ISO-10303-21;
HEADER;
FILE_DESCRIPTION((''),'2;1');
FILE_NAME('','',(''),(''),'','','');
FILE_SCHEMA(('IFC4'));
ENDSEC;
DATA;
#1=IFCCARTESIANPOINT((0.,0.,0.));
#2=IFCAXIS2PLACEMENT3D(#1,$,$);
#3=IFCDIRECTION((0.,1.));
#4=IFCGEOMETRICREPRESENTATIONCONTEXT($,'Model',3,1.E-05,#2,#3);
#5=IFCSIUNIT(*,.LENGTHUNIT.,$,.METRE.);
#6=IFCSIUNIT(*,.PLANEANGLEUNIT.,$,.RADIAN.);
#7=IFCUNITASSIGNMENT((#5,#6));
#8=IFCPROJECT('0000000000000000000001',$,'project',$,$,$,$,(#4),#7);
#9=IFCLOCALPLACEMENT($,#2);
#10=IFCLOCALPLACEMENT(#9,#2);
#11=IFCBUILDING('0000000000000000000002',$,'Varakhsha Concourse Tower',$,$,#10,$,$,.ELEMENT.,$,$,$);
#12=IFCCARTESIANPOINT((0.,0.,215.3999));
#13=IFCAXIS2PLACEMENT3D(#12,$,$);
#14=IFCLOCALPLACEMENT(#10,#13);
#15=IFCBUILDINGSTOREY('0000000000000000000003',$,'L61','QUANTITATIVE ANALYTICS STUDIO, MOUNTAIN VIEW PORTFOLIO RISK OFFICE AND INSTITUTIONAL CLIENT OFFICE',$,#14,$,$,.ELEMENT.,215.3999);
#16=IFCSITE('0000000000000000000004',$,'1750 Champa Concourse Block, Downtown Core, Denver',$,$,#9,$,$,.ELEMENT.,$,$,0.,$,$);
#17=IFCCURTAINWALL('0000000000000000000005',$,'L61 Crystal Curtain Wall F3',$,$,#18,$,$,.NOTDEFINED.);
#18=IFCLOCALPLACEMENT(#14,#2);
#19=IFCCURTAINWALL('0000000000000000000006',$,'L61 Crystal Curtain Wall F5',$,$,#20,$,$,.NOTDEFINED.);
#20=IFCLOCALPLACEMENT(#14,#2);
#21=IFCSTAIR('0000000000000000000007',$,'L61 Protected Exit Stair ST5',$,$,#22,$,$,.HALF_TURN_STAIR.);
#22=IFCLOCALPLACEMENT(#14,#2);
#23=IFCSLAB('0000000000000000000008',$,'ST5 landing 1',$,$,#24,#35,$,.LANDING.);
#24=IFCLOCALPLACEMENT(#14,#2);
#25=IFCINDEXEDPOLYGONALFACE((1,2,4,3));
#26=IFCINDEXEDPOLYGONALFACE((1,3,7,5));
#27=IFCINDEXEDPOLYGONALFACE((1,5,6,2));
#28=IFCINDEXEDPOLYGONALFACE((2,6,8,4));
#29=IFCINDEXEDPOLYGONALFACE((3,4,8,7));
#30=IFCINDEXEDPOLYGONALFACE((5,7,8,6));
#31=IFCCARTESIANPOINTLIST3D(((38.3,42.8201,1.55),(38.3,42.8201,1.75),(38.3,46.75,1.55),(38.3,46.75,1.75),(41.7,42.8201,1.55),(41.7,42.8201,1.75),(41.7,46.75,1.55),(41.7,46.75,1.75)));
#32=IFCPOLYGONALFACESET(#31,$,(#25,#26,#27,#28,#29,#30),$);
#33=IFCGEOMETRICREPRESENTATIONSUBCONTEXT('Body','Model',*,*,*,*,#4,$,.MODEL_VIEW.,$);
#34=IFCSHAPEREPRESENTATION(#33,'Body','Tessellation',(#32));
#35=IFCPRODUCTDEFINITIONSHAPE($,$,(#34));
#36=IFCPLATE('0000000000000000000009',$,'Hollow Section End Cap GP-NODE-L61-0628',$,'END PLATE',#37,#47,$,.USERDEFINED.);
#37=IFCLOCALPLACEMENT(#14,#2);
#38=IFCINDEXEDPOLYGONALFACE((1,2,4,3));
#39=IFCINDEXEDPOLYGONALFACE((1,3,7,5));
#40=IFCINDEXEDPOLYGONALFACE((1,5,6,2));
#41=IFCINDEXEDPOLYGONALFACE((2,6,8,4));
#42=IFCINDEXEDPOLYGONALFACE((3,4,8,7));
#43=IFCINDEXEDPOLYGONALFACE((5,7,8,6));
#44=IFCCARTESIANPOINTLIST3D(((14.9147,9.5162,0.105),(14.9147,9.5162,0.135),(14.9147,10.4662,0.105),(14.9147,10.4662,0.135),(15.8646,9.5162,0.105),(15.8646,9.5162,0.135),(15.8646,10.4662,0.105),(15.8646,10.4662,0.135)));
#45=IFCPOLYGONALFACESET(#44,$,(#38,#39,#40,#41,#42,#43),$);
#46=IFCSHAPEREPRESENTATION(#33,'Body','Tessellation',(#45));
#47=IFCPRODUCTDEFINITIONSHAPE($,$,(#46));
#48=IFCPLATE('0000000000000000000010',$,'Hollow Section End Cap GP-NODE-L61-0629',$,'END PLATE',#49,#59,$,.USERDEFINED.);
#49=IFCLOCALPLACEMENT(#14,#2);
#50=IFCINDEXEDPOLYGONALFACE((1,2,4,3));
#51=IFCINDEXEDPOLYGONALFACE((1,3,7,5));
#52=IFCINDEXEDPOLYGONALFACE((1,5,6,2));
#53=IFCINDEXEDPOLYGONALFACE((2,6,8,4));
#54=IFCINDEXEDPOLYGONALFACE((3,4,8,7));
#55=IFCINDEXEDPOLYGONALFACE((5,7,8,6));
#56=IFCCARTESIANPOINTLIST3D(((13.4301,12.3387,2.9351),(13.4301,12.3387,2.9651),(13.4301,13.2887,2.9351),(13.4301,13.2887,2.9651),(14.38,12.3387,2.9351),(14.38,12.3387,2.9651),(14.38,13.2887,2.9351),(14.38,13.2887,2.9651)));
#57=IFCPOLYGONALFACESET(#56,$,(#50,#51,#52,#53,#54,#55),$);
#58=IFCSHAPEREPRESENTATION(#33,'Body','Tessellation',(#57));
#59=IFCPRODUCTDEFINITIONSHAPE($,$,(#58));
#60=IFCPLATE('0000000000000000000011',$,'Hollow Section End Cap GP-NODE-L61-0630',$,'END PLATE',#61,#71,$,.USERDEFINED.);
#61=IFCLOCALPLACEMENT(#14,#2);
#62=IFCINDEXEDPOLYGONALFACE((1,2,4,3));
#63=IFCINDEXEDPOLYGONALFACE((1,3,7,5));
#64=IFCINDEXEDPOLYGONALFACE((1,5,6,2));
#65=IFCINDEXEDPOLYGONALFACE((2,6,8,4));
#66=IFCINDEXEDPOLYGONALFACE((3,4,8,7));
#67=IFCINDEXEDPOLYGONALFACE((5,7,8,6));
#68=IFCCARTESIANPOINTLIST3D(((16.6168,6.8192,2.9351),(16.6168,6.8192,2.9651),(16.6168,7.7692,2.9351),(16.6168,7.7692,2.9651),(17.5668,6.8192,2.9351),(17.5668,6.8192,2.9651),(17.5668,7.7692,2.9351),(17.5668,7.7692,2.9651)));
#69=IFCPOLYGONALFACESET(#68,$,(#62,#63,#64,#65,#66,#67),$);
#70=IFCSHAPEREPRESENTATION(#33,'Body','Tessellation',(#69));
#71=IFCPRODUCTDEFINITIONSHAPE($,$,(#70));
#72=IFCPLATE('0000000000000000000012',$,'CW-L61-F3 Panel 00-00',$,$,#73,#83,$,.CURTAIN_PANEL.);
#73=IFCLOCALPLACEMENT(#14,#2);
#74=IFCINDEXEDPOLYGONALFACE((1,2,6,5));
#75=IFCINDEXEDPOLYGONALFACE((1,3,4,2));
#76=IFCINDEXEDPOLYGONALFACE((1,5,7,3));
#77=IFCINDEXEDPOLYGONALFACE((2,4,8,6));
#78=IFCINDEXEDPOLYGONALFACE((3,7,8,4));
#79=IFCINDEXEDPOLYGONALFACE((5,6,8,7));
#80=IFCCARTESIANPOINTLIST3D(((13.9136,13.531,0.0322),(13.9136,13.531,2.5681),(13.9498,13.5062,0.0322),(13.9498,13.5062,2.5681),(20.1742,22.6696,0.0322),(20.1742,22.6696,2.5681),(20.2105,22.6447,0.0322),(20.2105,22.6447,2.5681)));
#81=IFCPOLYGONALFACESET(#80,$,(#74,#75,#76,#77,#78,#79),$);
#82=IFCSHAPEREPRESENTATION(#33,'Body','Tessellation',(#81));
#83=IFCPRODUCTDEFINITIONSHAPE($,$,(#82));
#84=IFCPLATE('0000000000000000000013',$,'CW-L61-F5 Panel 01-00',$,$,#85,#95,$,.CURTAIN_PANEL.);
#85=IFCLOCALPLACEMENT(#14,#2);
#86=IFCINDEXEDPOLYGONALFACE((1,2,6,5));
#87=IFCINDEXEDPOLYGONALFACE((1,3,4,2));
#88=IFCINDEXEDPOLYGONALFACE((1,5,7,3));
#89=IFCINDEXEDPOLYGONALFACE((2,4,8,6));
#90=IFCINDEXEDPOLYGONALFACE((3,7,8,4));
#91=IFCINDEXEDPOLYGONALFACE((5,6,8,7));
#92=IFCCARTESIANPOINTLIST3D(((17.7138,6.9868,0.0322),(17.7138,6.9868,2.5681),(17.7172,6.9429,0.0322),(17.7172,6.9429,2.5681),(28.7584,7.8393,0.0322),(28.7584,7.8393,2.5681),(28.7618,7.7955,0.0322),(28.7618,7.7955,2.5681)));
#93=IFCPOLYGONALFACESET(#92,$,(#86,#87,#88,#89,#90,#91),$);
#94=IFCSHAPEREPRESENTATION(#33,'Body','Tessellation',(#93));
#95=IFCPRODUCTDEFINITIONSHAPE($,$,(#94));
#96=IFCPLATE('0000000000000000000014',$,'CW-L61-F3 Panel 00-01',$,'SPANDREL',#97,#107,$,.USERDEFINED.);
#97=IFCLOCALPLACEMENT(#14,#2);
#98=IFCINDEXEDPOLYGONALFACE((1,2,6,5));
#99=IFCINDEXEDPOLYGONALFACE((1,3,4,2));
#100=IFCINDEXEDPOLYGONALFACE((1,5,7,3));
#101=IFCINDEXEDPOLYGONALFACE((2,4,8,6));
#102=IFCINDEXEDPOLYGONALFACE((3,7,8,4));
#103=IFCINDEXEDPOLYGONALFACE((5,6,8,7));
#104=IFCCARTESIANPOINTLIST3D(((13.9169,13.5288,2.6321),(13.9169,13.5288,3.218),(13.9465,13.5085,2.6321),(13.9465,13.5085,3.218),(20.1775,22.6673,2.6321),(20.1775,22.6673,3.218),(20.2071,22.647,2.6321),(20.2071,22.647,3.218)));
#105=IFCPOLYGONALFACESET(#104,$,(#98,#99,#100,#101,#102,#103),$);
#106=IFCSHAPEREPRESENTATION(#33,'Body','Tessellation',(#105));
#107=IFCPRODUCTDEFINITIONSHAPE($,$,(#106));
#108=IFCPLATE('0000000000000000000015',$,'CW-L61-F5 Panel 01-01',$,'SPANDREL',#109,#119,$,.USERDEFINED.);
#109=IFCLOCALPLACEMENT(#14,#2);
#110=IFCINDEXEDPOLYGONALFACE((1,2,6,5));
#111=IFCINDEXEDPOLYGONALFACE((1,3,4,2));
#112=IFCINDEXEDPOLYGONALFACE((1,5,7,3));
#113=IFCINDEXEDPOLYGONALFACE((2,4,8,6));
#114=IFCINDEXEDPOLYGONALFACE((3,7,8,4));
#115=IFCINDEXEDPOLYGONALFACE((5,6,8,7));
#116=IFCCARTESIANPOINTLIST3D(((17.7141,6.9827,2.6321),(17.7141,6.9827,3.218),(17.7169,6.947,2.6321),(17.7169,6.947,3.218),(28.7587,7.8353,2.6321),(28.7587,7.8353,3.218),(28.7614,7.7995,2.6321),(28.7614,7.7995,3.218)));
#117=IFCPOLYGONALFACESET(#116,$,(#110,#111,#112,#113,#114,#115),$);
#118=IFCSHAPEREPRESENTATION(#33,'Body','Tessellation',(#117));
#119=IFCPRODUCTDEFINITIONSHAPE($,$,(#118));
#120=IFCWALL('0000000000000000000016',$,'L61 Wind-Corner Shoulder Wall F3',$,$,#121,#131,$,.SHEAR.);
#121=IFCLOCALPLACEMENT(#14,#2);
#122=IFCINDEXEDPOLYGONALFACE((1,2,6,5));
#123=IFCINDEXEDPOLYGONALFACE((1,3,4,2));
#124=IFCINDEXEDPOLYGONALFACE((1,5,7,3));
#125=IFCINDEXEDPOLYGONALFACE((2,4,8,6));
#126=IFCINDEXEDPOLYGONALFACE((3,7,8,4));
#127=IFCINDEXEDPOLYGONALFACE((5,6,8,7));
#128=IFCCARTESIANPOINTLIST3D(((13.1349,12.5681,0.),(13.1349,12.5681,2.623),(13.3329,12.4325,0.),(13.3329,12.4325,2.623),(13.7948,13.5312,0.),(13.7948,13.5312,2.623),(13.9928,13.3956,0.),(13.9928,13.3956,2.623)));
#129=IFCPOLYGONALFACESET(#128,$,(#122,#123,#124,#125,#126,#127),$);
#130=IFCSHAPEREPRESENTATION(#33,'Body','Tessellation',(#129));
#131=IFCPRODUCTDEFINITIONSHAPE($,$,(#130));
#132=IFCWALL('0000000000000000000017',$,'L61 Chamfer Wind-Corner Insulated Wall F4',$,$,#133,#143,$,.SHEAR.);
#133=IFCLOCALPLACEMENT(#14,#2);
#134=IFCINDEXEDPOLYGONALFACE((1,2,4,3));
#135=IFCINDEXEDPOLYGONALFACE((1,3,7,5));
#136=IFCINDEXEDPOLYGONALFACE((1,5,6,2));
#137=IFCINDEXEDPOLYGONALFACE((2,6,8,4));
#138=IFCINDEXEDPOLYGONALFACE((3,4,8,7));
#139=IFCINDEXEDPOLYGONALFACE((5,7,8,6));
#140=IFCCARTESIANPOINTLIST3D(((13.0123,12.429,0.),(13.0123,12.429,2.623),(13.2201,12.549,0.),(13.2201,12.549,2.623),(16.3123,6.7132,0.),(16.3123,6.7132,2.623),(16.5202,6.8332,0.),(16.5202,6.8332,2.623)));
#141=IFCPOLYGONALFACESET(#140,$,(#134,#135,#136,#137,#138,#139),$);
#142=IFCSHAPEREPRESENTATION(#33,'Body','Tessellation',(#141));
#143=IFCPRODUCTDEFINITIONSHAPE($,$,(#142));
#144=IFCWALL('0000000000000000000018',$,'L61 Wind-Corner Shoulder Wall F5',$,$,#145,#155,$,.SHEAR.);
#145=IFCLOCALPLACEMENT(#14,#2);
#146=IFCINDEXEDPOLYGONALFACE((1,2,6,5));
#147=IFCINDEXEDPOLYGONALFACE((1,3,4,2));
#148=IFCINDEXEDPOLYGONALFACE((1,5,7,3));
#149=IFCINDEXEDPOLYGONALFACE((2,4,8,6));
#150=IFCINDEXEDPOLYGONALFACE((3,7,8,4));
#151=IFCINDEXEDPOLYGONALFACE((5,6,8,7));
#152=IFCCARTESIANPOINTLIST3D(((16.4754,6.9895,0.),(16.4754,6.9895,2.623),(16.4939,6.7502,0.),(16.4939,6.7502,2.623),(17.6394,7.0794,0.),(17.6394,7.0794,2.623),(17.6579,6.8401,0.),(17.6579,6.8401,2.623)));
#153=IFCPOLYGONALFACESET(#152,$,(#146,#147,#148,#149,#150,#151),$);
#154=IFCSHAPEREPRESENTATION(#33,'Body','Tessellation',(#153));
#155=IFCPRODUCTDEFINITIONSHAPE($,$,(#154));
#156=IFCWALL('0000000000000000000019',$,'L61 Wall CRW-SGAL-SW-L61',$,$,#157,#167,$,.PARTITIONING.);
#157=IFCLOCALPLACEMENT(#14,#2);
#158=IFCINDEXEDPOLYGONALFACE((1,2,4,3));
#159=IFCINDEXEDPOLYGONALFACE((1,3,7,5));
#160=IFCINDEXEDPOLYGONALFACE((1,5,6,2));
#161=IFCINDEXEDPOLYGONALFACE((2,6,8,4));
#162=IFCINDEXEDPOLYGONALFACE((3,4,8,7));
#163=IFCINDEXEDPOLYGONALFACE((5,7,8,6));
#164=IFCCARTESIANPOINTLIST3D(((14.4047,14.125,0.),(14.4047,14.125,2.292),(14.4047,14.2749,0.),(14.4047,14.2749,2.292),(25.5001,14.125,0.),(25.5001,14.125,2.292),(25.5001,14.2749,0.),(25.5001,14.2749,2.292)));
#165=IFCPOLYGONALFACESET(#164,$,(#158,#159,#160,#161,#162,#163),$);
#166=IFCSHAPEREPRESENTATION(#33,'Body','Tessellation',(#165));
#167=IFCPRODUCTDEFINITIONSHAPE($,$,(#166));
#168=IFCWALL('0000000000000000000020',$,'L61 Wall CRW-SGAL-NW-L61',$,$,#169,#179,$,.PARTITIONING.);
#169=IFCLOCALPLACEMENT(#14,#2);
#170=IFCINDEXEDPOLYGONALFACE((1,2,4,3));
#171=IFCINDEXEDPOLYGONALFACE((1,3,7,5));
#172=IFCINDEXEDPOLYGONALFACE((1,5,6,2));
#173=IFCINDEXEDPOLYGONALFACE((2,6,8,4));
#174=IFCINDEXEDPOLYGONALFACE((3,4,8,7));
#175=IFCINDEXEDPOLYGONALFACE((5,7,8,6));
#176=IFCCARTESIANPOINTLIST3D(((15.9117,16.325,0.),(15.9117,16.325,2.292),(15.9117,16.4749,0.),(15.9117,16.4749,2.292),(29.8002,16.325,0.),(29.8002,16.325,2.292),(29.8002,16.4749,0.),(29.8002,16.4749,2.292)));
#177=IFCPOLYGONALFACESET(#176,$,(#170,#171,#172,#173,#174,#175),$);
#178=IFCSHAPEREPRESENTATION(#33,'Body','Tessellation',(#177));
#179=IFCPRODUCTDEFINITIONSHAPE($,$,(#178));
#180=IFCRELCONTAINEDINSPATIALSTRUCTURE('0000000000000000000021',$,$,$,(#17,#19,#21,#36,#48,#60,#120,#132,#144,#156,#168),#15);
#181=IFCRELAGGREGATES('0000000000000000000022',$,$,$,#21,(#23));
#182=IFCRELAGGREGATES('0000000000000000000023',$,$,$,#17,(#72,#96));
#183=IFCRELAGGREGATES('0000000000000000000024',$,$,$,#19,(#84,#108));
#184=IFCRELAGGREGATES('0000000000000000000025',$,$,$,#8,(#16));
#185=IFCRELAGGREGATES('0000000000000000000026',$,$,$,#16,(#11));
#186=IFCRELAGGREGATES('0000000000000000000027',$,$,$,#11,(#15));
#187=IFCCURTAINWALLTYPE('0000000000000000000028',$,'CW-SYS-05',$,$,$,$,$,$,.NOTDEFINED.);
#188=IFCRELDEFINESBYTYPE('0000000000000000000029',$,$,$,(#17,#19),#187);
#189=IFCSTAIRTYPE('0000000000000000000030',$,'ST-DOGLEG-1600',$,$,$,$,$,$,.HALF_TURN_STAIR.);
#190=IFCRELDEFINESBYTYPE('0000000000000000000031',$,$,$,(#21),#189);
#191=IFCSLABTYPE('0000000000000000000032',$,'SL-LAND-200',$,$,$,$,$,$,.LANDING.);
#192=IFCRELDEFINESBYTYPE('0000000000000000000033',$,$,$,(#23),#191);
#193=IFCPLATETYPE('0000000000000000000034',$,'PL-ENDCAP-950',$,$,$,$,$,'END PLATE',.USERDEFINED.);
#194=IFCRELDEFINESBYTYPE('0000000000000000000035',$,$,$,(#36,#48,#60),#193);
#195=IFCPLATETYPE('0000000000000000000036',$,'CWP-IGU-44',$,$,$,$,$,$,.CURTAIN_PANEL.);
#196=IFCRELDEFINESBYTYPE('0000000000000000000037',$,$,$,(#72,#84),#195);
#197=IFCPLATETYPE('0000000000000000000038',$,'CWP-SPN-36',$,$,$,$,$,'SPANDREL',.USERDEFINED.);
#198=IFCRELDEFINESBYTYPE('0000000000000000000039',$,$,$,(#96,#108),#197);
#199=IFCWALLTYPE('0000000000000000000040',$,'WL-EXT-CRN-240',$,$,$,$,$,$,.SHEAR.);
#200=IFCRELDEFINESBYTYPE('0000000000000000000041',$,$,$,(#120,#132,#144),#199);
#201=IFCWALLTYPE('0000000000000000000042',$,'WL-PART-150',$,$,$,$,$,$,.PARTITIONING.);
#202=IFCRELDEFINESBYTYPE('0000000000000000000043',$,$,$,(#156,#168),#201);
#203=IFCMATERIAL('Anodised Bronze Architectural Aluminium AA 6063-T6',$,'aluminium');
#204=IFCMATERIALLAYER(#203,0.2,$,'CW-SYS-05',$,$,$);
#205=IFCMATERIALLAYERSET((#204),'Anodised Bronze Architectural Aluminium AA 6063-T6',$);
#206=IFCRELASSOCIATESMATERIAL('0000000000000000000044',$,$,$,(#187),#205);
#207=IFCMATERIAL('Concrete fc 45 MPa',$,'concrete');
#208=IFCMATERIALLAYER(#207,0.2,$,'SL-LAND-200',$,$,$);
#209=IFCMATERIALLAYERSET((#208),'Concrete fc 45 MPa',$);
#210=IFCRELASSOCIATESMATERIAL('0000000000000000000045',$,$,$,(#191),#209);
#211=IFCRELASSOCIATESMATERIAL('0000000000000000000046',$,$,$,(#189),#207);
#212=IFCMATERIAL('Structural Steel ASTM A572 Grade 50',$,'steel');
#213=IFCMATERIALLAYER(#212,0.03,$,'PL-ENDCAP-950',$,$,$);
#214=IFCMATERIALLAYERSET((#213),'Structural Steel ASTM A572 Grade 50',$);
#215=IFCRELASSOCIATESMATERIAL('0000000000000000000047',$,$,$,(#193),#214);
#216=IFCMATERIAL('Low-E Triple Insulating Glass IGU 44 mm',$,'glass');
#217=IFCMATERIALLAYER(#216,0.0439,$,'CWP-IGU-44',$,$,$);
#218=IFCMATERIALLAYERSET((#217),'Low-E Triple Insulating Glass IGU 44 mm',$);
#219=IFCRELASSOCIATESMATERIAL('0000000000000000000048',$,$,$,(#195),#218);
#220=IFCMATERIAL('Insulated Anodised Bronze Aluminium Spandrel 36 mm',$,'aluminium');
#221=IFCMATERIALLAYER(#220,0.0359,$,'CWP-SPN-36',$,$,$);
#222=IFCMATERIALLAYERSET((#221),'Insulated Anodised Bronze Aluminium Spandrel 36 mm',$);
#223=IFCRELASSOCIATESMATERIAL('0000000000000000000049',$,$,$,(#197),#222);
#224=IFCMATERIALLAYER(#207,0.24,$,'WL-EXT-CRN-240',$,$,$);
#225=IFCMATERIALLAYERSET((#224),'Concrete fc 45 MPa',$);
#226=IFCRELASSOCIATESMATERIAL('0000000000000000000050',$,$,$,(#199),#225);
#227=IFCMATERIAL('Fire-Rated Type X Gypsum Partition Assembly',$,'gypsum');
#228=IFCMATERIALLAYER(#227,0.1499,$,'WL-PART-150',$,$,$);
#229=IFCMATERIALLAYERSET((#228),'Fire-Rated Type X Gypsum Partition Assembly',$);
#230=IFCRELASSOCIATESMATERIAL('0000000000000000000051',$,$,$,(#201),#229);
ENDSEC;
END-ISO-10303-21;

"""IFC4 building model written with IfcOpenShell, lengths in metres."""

from ifc_helpers import new_model, si_unit, direction, frame, frame_2d, origin, origin_2d, place, context, subcontext, project, spatial, polyline, rectangle, outline, extrude, source, transform, mapped, material, layer, layer_set, type_object, type_shapes, element, aggregate, save


model = new_model("IFC4")

# Units and contexts
model_context = context("Model", 3, precision=1e-05, world=origin(), true_north=direction((0.0, 1.0)))
body_context = subcontext(model_context, "Body", "Model", "MODEL_VIEW")
ifc_project = project(units=[si_unit("LENGTHUNIT", "METRE"), si_unit("PLANEANGLEUNIT", "RADIAN")], contexts=[model_context])

# Site, building, storey
site_placement = place(None, origin())
site = spatial("IfcSite", under=ifc_project, at=site_placement, Name="1750 Champa Concourse Block, Downtown Core, Denver", CompositionType="ELEMENT", RefElevation=0.0)
building_placement = place(site_placement, origin())
building = spatial("IfcBuilding", under=site, at=building_placement, Name="Varakhsha Concourse Tower", CompositionType="ELEMENT")
storey_placement = place(building_placement, frame((0.0, 0.0, 215.3999)))
storey = spatial("IfcBuildingStorey", under=building, at=storey_placement, Name="L61", Description="QUANTITATIVE ANALYTICS STUDIO, MOUNTAIN VIEW PORTFOLIO RISK OFFICE AND INSTITUTIONAL CLIENT OFFICE", CompositionType="ELEMENT", Elevation=215.3999)

# Shared definitions
ifc_material_1 = material(Name="Structural Steel ASTM A572 Grade 50", Category="steel")

# Curtain walls
ifc_material_2 = material(Name="Anodised Bronze Architectural Aluminium AA 6063-T6", Category="aluminium")
ifc_layer_1 = layer(ifc_material_2, 0.2, Name="CW-SYS-05")
ifc_layer_set_1 = layer_set([ifc_layer_1], Name="Anodised Bronze Architectural Aluminium AA 6063-T6")
curtain_wall_type = type_object("IfcCurtainWallType", Name="CW-SYS-05", PredefinedType="NOTDEFINED", material=ifc_layer_set_1)
curtain_wall_1_placement = place(storey_placement, origin())
curtain_wall_1 = element("IfcCurtainWall", 1, at=curtain_wall_1_placement, inside=storey, type_object=curtain_wall_type, Name="L61 Crystal Curtain Wall F3", PredefinedType="NOTDEFINED")
curtain_wall_2_placement = place(storey_placement, origin())
curtain_wall_2 = element("IfcCurtainWall", 2, at=curtain_wall_2_placement, inside=storey, type_object=curtain_wall_type, Name="L61 Crystal Curtain Wall F5", PredefinedType="NOTDEFINED")

# Shared definitions
ifc_material_3 = material(Name="Concrete fc 45 MPa", Category="concrete")

# Stair, slab
ifc_layer_2 = layer(ifc_material_3, 0.2, Name="SL-LAND-200")
ifc_layer_set_2 = layer_set([ifc_layer_2], Name="Concrete fc 45 MPa")
slab_type_1 = type_object("IfcSlabType", Name="SL-LAND-200", PredefinedType="LANDING", material=ifc_layer_set_2)
stair_type_1 = type_object("IfcStairType", Name="ST-DOGLEG-1600", PredefinedType="HALF_TURN_STAIR", material=ifc_material_3)
stair_1_placement = place(storey_placement, origin())
stair_1 = element("IfcStair", 3, at=stair_1_placement, inside=storey, type_object=stair_type_1, Name="L61 Protected Exit Stair ST5", PredefinedType="HALF_TURN_STAIR")
slab_1_placement = place(storey_placement, frame((0.0, 0.0, 1.55)))
slab_1 = element("IfcSlab", 4, at=slab_1_placement, type_object=slab_type_1, Name="ST5 landing 1", PredefinedType="LANDING", context=body_context, shape_type="SweptSolid", body=[
    extrude(outline(polyline([(41.7, 42.8201), (41.7, 46.75), (38.3, 46.75), (38.3, 42.8201), (41.7, 42.8201)])), origin(), (0.0, 0.0, 1.0), 0.2),
])
aggregate(stair_1, [slab_1])

# Plates
ifc_layer_3 = layer(ifc_material_1, 0.03, Name="PL-ENDCAP-950")
ifc_layer_set_3 = layer_set([ifc_layer_3], Name="Structural Steel ASTM A572 Grade 50")
plate_type_1 = type_object("IfcPlateType", Name="PL-ENDCAP-950", ElementType="END PLATE", PredefinedType="USERDEFINED", material=ifc_layer_set_3)
shared_shape_1 = source(origin(), body_context, "Body", "SweptSolid", [
    extrude(rectangle(XDim=0.95, YDim=0.95, at=origin_2d()), origin(), (0.0, 0.0, 1.0), 0.03),
])
type_shapes(plate_type_1, [shared_shape_1])
for number, where, z_axis, x_axis, name in (
    (5, (15.3896, 9.9912, 0.105), (0.0, 0.0, 1.0), (1.0, 0.0, 0.0), "Hollow Section End Cap GP-NODE-L61-0628"),
    (6, (13.905, 12.8137, 2.9351), (0.0, 0.0, 1.0), (1.0, 0.0, 0.0), "Hollow Section End Cap GP-NODE-L61-0629"),
    (7, (17.0918, 7.2942, 2.9351), (0.0, 0.0, 1.0), (1.0, 0.0, 0.0), "Hollow Section End Cap GP-NODE-L61-0630"),
):
    element("IfcPlate", number, at=place(storey_placement, frame(where, z_axis=z_axis, x_axis=x_axis)), inside=storey, type_object=plate_type_1, Name=name, ObjectType="END PLATE", PredefinedType="USERDEFINED", context=body_context, shape_type="MappedRepresentation", body=[
        mapped(shared_shape_1, transform((0.0, 0.0, 0.0), scale=1.0)),
    ])

# Plates
ifc_material_4 = material(Name="Low-E Triple Insulating Glass IGU 44 mm", Category="glass")
ifc_layer_4 = layer(ifc_material_4, 0.0439, Name="CWP-IGU-44")
ifc_layer_set_4 = layer_set([ifc_layer_4], Name="Low-E Triple Insulating Glass IGU 44 mm")
plate_type_2 = type_object("IfcPlateType", Name="CWP-IGU-44", PredefinedType="CURTAIN_PANEL", material=ifc_layer_set_4)
shared_shape_2 = source(origin(), body_context, "Body", "SweptSolid", [
    extrude(rectangle(XDim=11.0774, YDim=0.0439, at=origin_2d()), origin(), (0.0, 0.0, 1.0), 2.5359),
])
type_shapes(plate_type_2, [shared_shape_2])
plate_1_placement = place(storey_placement, frame((17.062, 18.0879, 0.0322), z_axis=(0.0, 0.0, 1.0), x_axis=(0.565173, 0.824972, 0.0)))
plate_1 = element("IfcPlate", 8, at=plate_1_placement, type_object=plate_type_2, Name="CW-L61-F3 Panel 00-00", PredefinedType="CURTAIN_PANEL", context=body_context, shape_type="MappedRepresentation", body=[
    mapped(shared_shape_2, transform((0.0, 0.0, 0.0), scale=1.0)),
])
plate_2_placement = place(storey_placement, frame((23.2378, 7.3911, 0.0322), z_axis=(0.0, 0.0, 1.0), x_axis=(-0.997034, -0.076961, 0.0)))
plate_2 = element("IfcPlate", 9, at=plate_2_placement, type_object=plate_type_2, Name="CW-L61-F5 Panel 01-00", PredefinedType="CURTAIN_PANEL", context=body_context, shape_type="MappedRepresentation", body=[
    mapped(shared_shape_2, transform((0.0, 0.0, 0.0), scale=1.0)),
])
ifc_material_5 = material(Name="Insulated Anodised Bronze Aluminium Spandrel 36 mm", Category="aluminium")
ifc_layer_5 = layer(ifc_material_5, 0.0359, Name="CWP-SPN-36")
ifc_layer_set_5 = layer_set([ifc_layer_5], Name="Insulated Anodised Bronze Aluminium Spandrel 36 mm")
plate_type_3 = type_object("IfcPlateType", Name="CWP-SPN-36", ElementType="SPANDREL", PredefinedType="USERDEFINED", material=ifc_layer_set_5)
shared_shape_3 = source(origin(), body_context, "Body", "SweptSolid", [
    extrude(rectangle(XDim=11.0774, YDim=0.0359, at=origin_2d()), origin(), (0.0, 0.0, 1.0), 0.5859),
])
type_shapes(plate_type_3, [shared_shape_3])
plate_3_placement = place(storey_placement, frame((17.062, 18.0879, 2.6321), z_axis=(0.0, 0.0, 1.0), x_axis=(0.565173, 0.824972, 0.0)))
plate_3 = element("IfcPlate", 10, at=plate_3_placement, type_object=plate_type_3, Name="CW-L61-F3 Panel 00-01", ObjectType="SPANDREL", PredefinedType="USERDEFINED", context=body_context, shape_type="MappedRepresentation", body=[
    mapped(shared_shape_3, transform((0.0, 0.0, 0.0), scale=1.0)),
])
aggregate(curtain_wall_1, [plate_1, plate_3])
plate_4_placement = place(storey_placement, frame((23.2378, 7.3911, 2.6321), z_axis=(0.0, 0.0, 1.0), x_axis=(-0.997034, -0.076961, 0.0)))
plate_4 = element("IfcPlate", 11, at=plate_4_placement, type_object=plate_type_3, Name="CW-L61-F5 Panel 01-01", ObjectType="SPANDREL", PredefinedType="USERDEFINED", context=body_context, shape_type="MappedRepresentation", body=[
    mapped(shared_shape_3, transform((0.0, 0.0, 0.0), scale=1.0)),
])
aggregate(curtain_wall_2, [plate_2, plate_4])

# Walls
ifc_layer_6 = layer(ifc_material_3, 0.24, Name="WL-EXT-CRN-240")
ifc_layer_set_6 = layer_set([ifc_layer_6], Name="Concrete fc 45 MPa")
wall_type_1 = type_object("IfcWallType", Name="WL-EXT-CRN-240", PredefinedType="SHEAR", material=ifc_layer_set_6)
wall_1_placement = place(storey_placement, frame((13.8938, 13.4634, 0.0), z_axis=(0.0, 0.0, 1.0), x_axis=(-0.565224, -0.824938, 0.0)))
element("IfcWall", 12, at=wall_1_placement, inside=storey, type_object=wall_type_1, Name="L61 Wind-Corner Shoulder Wall F3", PredefinedType="SHEAR", context=body_context, shape_type="SweptSolid", body=[
    extrude(rectangle(XDim=1.1675, YDim=0.24, at=frame_2d((0.5837, 0.0))), origin(), (0.0, 0.0, 1.0), 2.623),
])
wall_2_placement = place(storey_placement, frame((16.4163, 6.7732, 0.0), z_axis=(0.0, 0.0, 1.0), x_axis=(-0.500002, 0.866024, 0.0)))
element("IfcWall", 13, at=wall_2_placement, inside=storey, type_object=wall_type_1, Name="L61 Chamfer Wind-Corner Insulated Wall F4", PredefinedType="SHEAR", context=body_context, shape_type="SweptSolid", body=[
    extrude(rectangle(XDim=6.6001, YDim=0.24, at=frame_2d((3.3, 0.0))), origin(), (0.0, 0.0, 1.0), 2.623),
])
wall_3_placement = place(storey_placement, frame((16.4846, 6.8699, 0.0), z_axis=(0.0, 0.0, 1.0), x_axis=(0.997035, 0.076952, 0.0)))
element("IfcWall", 14, at=wall_3_placement, inside=storey, type_object=wall_type_1, Name="L61 Wind-Corner Shoulder Wall F5", PredefinedType="SHEAR", context=body_context, shape_type="SweptSolid", body=[
    extrude(rectangle(XDim=1.1675, YDim=0.24, at=frame_2d((0.5837, 0.0))), origin(), (0.0, 0.0, 1.0), 2.623),
])
ifc_material_6 = material(Name="Fire-Rated Type X Gypsum Partition Assembly", Category="gypsum")
ifc_layer_7 = layer(ifc_material_6, 0.1499, Name="WL-PART-150")
ifc_layer_set_7 = layer_set([ifc_layer_7], Name="Fire-Rated Type X Gypsum Partition Assembly")
wall_type_2 = type_object("IfcWallType", Name="WL-PART-150", PredefinedType="PARTITIONING", material=ifc_layer_set_7)
wall_4_placement = place(storey_placement, frame((14.4045, 14.2, 0.0), z_axis=(0.0, 0.0, 1.0), x_axis=(1.0, 0.0, 0.0)))
element("IfcWall", 15, at=wall_4_placement, inside=storey, type_object=wall_type_2, Name="L61 Wall CRW-SGAL-SW-L61", PredefinedType="PARTITIONING", context=body_context, shape_type="SweptSolid", body=[
    extrude(rectangle(XDim=11.0955, YDim=0.1499, at=frame_2d((5.5479, 0.0))), origin(), (0.0, 0.0, 1.0), 2.292),
])
wall_5_placement = place(storey_placement, frame((15.9116, 16.3999, 0.0), z_axis=(0.0, 0.0, 1.0), x_axis=(1.0, 0.0, 0.0)))
element("IfcWall", 16, at=wall_5_placement, inside=storey, type_object=wall_type_2, Name="L61 Wall CRW-SGAL-NW-L61", PredefinedType="PARTITIONING", context=body_context, shape_type="SweptSolid", body=[
    extrude(rectangle(XDim=13.8884, YDim=0.1499, at=frame_2d((6.9443, 0.0))), origin(), (0.0, 0.0, 1.0), 2.292),
])

save(model, "model.ifc")
